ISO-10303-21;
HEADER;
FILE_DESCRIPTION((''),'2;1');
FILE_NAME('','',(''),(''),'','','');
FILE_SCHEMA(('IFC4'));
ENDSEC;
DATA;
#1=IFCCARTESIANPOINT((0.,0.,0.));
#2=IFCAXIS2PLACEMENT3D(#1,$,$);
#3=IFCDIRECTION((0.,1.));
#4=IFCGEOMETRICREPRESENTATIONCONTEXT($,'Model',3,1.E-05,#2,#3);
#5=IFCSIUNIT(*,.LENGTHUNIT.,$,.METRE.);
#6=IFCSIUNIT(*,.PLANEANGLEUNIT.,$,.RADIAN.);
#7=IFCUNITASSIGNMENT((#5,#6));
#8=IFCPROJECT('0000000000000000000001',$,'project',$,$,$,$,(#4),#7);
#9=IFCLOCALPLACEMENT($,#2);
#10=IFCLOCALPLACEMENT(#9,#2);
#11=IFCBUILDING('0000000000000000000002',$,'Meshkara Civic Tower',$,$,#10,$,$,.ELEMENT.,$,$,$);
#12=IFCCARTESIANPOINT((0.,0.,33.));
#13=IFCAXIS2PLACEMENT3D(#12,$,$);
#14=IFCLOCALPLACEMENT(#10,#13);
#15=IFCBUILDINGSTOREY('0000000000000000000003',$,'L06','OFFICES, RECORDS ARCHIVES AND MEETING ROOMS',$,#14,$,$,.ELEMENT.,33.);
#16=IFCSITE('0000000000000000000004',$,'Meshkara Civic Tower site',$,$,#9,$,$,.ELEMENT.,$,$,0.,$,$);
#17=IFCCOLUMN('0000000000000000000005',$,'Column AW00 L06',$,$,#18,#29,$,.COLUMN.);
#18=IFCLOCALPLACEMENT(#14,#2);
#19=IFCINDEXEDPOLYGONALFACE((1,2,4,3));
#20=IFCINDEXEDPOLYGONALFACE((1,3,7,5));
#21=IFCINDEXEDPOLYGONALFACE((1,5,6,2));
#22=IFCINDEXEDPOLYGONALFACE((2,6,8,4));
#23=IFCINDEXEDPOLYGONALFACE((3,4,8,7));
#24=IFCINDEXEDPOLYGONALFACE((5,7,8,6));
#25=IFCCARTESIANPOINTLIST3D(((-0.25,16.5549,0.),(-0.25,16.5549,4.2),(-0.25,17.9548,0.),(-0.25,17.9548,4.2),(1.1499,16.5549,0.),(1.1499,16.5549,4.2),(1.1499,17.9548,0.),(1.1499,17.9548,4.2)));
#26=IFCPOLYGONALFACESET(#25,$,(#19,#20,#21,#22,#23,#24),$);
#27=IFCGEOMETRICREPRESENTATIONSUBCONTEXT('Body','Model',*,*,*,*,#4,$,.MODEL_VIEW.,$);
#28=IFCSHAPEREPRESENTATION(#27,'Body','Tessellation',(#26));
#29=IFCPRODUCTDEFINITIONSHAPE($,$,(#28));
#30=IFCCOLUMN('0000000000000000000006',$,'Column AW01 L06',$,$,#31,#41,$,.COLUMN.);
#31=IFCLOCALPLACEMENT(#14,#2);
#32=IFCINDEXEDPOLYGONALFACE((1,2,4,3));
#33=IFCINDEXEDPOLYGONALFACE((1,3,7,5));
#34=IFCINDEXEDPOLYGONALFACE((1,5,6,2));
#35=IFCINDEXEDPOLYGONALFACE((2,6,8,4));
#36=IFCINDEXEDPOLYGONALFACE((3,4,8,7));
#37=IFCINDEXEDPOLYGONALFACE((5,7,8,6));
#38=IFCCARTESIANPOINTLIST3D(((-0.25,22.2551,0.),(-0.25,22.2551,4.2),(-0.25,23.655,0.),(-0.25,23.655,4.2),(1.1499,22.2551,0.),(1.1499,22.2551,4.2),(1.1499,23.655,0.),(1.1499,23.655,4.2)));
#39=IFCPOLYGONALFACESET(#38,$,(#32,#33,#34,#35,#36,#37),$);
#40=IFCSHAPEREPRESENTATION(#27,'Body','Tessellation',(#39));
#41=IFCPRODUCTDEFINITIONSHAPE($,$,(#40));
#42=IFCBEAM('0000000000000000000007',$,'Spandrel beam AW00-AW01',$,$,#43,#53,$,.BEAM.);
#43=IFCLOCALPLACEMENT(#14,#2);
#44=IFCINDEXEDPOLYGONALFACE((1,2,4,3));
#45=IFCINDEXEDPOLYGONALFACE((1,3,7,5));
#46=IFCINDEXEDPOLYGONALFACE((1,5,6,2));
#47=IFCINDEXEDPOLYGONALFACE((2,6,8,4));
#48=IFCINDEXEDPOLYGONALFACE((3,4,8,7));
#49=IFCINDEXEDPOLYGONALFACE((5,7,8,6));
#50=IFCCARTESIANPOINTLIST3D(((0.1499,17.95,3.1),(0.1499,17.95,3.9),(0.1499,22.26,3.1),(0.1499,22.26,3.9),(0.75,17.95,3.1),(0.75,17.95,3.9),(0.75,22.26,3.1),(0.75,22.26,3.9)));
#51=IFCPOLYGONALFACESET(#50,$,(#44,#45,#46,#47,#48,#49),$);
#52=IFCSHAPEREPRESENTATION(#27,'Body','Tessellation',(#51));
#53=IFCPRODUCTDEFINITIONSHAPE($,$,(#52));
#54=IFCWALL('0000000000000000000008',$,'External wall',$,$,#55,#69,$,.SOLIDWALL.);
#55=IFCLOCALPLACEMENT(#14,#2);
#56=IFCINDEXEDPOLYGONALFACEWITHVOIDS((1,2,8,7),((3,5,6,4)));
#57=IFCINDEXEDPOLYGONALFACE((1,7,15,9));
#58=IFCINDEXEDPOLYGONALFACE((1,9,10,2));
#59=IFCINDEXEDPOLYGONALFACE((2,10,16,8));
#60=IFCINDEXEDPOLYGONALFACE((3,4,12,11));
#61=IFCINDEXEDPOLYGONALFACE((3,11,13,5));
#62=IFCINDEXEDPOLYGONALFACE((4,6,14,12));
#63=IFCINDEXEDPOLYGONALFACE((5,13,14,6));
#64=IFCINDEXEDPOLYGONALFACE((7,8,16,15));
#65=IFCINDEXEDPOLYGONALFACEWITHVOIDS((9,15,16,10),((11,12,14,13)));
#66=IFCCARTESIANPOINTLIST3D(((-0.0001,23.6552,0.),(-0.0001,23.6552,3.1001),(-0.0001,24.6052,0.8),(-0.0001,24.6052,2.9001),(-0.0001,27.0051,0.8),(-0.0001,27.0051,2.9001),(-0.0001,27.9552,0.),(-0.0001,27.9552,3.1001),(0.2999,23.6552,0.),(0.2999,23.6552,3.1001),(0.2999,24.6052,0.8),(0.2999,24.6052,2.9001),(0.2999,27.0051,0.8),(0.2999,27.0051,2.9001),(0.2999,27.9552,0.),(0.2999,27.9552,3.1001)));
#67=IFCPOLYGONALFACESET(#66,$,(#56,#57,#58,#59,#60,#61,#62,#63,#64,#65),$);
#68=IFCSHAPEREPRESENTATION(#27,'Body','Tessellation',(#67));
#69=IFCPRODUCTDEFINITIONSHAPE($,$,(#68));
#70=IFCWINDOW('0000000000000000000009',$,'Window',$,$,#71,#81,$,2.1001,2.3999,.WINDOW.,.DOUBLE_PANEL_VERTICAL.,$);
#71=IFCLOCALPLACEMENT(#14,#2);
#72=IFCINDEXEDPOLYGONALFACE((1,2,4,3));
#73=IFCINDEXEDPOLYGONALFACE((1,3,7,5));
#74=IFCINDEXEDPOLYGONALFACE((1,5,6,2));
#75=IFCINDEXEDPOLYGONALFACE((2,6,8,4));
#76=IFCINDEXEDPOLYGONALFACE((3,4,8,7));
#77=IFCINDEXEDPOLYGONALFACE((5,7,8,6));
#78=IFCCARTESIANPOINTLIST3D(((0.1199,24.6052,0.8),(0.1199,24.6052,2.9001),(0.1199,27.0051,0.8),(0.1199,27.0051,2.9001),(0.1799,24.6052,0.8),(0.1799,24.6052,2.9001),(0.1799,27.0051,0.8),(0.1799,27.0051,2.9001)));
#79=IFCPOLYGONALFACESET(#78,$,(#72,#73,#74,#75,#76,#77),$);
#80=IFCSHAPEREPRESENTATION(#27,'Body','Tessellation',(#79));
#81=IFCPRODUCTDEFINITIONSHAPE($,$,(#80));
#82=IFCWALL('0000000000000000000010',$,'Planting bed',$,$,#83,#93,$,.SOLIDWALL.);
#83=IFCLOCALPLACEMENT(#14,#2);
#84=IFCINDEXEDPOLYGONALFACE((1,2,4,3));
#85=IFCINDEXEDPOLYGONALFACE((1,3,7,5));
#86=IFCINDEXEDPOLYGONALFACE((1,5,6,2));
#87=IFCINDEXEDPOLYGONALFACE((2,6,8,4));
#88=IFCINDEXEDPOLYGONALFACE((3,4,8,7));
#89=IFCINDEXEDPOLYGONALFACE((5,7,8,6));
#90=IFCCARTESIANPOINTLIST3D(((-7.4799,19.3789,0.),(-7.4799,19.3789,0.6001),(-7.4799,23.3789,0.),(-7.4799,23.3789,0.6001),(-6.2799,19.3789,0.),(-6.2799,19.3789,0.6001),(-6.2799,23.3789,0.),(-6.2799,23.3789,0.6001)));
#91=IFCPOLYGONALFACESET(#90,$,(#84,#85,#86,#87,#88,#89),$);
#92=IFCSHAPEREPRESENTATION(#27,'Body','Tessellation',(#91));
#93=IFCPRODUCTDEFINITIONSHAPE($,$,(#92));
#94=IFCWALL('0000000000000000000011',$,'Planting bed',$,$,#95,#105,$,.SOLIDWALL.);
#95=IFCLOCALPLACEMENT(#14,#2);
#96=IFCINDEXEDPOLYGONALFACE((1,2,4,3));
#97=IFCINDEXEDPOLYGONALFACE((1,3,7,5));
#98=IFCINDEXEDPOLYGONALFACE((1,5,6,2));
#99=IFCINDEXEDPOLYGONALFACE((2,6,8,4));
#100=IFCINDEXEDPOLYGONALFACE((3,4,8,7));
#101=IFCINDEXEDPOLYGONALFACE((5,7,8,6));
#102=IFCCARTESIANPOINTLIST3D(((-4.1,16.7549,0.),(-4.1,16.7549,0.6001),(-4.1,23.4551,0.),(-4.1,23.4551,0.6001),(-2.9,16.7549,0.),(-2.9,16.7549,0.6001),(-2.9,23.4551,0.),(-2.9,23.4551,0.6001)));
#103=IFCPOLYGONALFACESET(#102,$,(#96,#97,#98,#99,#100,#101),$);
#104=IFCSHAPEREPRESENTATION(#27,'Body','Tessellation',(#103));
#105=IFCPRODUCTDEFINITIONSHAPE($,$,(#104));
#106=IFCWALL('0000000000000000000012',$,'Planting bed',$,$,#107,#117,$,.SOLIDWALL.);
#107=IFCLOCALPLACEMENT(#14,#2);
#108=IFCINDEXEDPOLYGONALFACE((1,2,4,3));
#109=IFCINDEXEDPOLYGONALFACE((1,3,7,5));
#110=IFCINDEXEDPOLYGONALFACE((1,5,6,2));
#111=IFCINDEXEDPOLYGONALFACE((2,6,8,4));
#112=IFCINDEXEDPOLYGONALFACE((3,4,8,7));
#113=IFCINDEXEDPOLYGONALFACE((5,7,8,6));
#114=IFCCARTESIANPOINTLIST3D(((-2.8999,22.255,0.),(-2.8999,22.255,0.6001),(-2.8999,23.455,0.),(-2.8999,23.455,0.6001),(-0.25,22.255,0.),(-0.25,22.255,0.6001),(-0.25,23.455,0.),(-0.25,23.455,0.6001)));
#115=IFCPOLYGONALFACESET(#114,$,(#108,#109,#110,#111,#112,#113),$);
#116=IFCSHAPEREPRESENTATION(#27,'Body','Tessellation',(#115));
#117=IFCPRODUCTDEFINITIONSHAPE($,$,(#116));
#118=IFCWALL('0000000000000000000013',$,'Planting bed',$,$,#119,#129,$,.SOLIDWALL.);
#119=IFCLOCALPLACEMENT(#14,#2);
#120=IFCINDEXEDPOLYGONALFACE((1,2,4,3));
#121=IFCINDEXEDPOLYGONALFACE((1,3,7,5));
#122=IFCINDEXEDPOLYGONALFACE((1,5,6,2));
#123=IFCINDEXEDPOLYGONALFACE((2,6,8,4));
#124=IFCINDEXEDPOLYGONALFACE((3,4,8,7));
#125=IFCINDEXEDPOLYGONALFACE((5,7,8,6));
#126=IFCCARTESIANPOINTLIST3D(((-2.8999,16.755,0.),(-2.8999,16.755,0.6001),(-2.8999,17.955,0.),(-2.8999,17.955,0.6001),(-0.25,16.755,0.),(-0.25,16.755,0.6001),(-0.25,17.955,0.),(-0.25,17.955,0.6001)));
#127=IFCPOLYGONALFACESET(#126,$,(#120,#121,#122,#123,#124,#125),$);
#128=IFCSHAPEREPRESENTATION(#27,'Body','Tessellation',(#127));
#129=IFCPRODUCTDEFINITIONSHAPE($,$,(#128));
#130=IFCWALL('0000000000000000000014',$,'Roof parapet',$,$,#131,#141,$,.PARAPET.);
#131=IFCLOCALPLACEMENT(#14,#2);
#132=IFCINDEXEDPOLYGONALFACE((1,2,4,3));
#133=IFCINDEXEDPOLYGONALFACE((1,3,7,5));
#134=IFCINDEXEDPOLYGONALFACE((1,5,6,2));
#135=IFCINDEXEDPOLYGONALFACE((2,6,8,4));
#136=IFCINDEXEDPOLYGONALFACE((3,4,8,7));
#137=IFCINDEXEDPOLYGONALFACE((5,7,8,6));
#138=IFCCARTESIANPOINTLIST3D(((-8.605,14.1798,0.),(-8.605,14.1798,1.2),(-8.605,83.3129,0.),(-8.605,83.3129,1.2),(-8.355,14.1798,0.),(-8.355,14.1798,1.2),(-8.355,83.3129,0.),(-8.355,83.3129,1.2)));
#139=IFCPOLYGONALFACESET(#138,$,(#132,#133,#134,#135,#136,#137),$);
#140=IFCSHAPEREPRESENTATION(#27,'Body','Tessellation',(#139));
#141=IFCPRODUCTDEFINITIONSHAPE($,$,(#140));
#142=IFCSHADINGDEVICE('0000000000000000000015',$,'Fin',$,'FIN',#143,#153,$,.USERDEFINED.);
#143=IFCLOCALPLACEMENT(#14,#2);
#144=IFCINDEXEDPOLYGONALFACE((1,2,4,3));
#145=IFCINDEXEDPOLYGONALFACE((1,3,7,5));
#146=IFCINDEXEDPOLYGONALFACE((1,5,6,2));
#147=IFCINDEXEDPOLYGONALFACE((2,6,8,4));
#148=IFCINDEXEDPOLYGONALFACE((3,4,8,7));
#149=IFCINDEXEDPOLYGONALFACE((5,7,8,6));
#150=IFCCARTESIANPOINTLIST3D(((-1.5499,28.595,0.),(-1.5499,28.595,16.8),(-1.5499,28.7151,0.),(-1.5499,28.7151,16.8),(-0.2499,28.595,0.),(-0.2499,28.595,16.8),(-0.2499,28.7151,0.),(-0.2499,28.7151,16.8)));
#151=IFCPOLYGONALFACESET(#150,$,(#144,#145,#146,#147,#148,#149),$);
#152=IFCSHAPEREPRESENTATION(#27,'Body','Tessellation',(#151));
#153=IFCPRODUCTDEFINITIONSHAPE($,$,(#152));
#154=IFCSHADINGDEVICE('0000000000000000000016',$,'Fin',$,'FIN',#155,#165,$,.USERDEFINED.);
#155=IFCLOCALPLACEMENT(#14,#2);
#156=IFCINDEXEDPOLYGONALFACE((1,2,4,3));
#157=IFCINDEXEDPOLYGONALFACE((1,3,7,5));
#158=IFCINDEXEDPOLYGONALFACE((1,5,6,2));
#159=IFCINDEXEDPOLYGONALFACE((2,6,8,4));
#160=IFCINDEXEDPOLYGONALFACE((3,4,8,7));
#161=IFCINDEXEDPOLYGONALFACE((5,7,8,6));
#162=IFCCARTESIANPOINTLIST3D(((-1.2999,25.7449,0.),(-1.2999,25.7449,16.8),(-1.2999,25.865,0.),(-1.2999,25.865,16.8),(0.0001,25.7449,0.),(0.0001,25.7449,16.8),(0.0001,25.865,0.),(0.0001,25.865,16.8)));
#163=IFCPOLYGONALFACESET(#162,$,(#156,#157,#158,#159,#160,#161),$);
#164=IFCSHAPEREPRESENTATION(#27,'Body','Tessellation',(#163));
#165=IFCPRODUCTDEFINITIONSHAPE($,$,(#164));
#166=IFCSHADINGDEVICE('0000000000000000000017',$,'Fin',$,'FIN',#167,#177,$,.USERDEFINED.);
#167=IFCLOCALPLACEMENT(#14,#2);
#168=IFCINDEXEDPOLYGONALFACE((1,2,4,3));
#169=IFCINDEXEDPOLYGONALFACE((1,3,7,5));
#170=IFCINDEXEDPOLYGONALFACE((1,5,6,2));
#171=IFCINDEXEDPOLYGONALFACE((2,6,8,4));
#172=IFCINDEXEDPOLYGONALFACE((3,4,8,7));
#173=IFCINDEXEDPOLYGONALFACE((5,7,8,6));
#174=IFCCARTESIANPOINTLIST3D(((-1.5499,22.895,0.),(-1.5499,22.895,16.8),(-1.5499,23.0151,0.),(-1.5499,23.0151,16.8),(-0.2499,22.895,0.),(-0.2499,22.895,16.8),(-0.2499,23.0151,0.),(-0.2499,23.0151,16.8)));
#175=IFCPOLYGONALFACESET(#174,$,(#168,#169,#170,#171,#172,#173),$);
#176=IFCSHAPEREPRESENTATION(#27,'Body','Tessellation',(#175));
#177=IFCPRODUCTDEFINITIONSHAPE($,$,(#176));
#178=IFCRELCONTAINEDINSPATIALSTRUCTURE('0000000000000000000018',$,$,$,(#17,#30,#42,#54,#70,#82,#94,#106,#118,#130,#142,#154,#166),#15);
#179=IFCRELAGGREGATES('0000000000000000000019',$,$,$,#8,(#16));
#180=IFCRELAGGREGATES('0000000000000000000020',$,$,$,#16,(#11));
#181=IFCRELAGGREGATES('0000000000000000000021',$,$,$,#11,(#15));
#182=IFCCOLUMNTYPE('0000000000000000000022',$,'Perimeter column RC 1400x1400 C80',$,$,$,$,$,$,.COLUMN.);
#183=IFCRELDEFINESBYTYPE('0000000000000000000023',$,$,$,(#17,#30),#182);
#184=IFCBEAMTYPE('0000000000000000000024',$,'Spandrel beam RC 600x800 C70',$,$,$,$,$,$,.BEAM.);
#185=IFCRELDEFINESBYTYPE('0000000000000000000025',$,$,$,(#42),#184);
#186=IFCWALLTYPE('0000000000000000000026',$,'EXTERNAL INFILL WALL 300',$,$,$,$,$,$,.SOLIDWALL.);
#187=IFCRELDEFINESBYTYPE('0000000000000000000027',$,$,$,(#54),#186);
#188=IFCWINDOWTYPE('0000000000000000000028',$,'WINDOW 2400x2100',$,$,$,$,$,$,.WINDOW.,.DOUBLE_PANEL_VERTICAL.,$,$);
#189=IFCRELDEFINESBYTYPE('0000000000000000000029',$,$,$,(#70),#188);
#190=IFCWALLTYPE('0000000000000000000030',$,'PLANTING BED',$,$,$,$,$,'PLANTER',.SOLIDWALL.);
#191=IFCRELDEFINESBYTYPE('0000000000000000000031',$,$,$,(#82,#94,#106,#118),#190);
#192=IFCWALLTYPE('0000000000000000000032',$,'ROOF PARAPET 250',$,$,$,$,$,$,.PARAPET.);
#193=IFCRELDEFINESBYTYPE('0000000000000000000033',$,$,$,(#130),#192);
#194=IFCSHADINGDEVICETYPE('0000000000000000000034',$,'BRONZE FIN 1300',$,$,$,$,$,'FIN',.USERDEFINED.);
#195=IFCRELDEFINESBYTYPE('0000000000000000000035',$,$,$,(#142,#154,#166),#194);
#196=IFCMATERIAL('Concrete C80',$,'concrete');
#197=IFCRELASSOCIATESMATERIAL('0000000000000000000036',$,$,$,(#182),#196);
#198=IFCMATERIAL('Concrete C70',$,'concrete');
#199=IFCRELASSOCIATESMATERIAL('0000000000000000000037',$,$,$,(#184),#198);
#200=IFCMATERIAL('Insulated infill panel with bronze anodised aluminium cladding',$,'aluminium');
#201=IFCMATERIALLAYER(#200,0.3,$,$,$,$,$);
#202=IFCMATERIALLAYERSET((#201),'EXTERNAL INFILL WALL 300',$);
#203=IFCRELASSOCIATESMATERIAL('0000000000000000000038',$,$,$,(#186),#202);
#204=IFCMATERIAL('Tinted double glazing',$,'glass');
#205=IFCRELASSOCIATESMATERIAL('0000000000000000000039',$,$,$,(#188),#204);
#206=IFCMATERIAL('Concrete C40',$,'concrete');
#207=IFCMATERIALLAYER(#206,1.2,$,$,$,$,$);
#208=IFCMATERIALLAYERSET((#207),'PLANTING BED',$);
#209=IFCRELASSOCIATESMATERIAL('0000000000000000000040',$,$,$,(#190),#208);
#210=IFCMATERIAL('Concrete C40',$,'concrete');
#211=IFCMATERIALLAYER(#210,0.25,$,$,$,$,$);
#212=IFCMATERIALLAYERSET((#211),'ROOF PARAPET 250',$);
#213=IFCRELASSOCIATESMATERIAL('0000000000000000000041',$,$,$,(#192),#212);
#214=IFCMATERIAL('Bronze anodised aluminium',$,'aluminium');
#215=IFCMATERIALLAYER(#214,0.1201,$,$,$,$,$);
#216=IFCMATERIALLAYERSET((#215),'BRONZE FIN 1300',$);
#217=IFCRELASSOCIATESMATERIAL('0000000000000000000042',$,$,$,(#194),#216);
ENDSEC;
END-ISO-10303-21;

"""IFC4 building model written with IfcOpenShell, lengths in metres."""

from ifc_helpers import new_model, si_unit, direction, frame, frame_2d, origin, origin_2d, place, context, subcontext, project, spatial, rectangle, extrude, material, layer, layer_set, material_profile, profile_set, type_object, element, fill, save


model = new_model("IFC4")

# Units and contexts
model_context = context("Model", 3, precision=1e-05, world=origin(), true_north=direction((0.0, 1.0)))
body_context = subcontext(model_context, "Body", "Model", "MODEL_VIEW")
ifc_project = project(units=[si_unit("LENGTHUNIT", "METRE"), si_unit("PLANEANGLEUNIT", "RADIAN")], contexts=[model_context])

# Site, building, storey
site_placement = place(None, origin())
site = spatial("IfcSite", under=ifc_project, at=site_placement, Name="Meshkara Civic Tower site", CompositionType="ELEMENT", RefElevation=0.0)
building_placement = place(site_placement, origin())
building = spatial("IfcBuilding", under=site, at=building_placement, Name="Meshkara Civic Tower", CompositionType="ELEMENT")
storey_placement = place(building_placement, frame((0.0, 0.0, 33.0)))
storey = spatial("IfcBuildingStorey", under=building, at=storey_placement, Name="L06", Description="OFFICES, RECORDS ARCHIVES AND MEETING ROOMS", CompositionType="ELEMENT", Elevation=33.0)

# Columns
ifc_material_1 = material(Name="Concrete C80", Category="concrete")
ifc_material_profile_1 = material_profile(ifc_material_1, rectangle(XDim=1.3999, YDim=1.3999, at=origin_2d()))
ifc_profile_set_1 = profile_set([ifc_material_profile_1], Name="Concrete C80")
column_type = type_object("IfcColumnType", Name="Perimeter column RC 1400x1400 C80", PredefinedType="COLUMN", material=ifc_profile_set_1)
for number, where, z_axis, x_axis, name in (
    (1, (0.45, 17.2549, 0.0), (0.0, 0.0, 1.0), (1.0, 0.0, 0.0), "Column AW00 L06"),
    (2, (0.45, 22.9551, 0.0), (0.0, 0.0, 1.0), (1.0, 0.0, 0.0), "Column AW01 L06"),
):
    element("IfcColumn", number, at=place(storey_placement, frame(where, z_axis=z_axis, x_axis=x_axis)), inside=storey, type_object=column_type, Name=name, PredefinedType="COLUMN", context=body_context, shape_type="SweptSolid", body=[
        extrude(rectangle(XDim=1.3999, YDim=1.3999, at=origin_2d()), origin(), (0.0, 0.0, 1.0), 4.2),
    ])

# Beam
ifc_material_2 = material(Name="Concrete C70", Category="concrete")
ifc_material_profile_2 = material_profile(ifc_material_2, rectangle(XDim=0.6001, YDim=0.8, at=origin_2d()))
ifc_profile_set_2 = profile_set([ifc_material_profile_2], Name="Concrete C70")
beam_type = type_object("IfcBeamType", Name="Spandrel beam RC 600x800 C70", PredefinedType="BEAM", material=ifc_profile_set_2)
beam_placement = place(storey_placement, frame((0.45, 22.26, 3.5), z_axis=(0.0, -1.0, 0.0), x_axis=(1.0, 0.0, 0.0)))
element("IfcBeam", 3, at=beam_placement, inside=storey, type_object=beam_type, Name="Spandrel beam AW00-AW01", PredefinedType="BEAM", context=body_context, shape_type="SweptSolid", body=[
    extrude(rectangle(XDim=0.6001, YDim=0.8, at=origin_2d()), origin(), (0.0, 0.0, 1.0), 4.3101),
])

# Wall, opening, window
ifc_material_3 = material(Name="Insulated infill panel with bronze anodised aluminium cladding", Category="aluminium")
ifc_layer_1 = layer(ifc_material_3, 0.3)
ifc_layer_set_1 = layer_set([ifc_layer_1], Name="EXTERNAL INFILL WALL 300")
wall_type_1 = type_object("IfcWallType", Name="EXTERNAL INFILL WALL 300", PredefinedType="SOLIDWALL", material=ifc_layer_set_1)
wall_1_placement = place(storey_placement, frame((0.1499, 27.9551, 0.0), z_axis=(0.0, 0.0, 1.0), x_axis=(0.0, -1.0, 0.0)))
wall_1 = element("IfcWall", 4, at=wall_1_placement, inside=storey, type_object=wall_type_1, Name="External wall", PredefinedType="SOLIDWALL", context=body_context, shape_type="SweptSolid", body=[
    extrude(rectangle(XDim=4.3, YDim=0.3, at=frame_2d((2.1499, 0.0))), origin(), (0.0, 0.0, 1.0), 3.1001),
])
opening_1_placement = place(wall_1_placement, frame((0.95, 0.0, 0.8)))
opening_1 = element("IfcOpeningElement", 5, at=opening_1_placement, cuts=wall_1, PredefinedType="OPENING", context=body_context, shape_type="SweptSolid", body=[
    extrude(rectangle(XDim=2.3999, YDim=2.1001, at=frame_2d((1.2, 1.05))), frame((0.0, 0.1599, 0.0), z_axis=(0.0, -1.0, 0.0), x_axis=(1.0, 0.0, 0.0)), (0.0, 0.0, 1.0), 0.3201),
])
ifc_material_4 = material(Name="Tinted double glazing", Category="glass")
window_type = type_object("IfcWindowType", Name="WINDOW 2400x2100", PartitioningType="DOUBLE_PANEL_VERTICAL", PredefinedType="WINDOW", material=ifc_material_4)
window_placement = place(opening_1_placement, origin())
window = element("IfcWindow", 6, at=window_placement, inside=storey, type_object=window_type, Name="Window", OverallHeight=2.1001, OverallWidth=2.3999, PartitioningType="DOUBLE_PANEL_VERTICAL", PredefinedType="WINDOW", context=body_context, shape_type="SweptSolid", body=[
    extrude(rectangle(XDim=2.3999, YDim=2.1001, at=frame_2d((1.2, 1.05))), frame((0.0, 0.03, 0.0), z_axis=(0.0, -1.0, 0.0), x_axis=(1.0, 0.0, 0.0)), (0.0, 0.0, 1.0), 0.0601),
])
fill(opening_1, window)

# Walls
ifc_material_5 = material(Name="Concrete C40", Category="concrete")
ifc_layer_2 = layer(ifc_material_5, 1.2)
ifc_layer_set_2 = layer_set([ifc_layer_2], Name="PLANTING BED")
wall_type_2 = type_object("IfcWallType", Name="PLANTING BED", ElementType="PLANTER", PredefinedType="SOLIDWALL", material=ifc_layer_set_2)
wall_2_placement = place(storey_placement, frame((-6.8799, 19.3789, 0.0), z_axis=(0.0, 0.0, 1.0), x_axis=(0.0, 1.0, 0.0)))
element("IfcWall", 7, at=wall_2_placement, inside=storey, type_object=wall_type_2, Name="Planting bed", PredefinedType="SOLIDWALL", context=body_context, shape_type="SweptSolid", body=[
    extrude(rectangle(XDim=4.0, YDim=1.2, at=frame_2d((2.0, 0.0))), origin(), (0.0, 0.0, 1.0), 0.6001),
])
wall_3_placement = place(storey_placement, frame((-3.5, 23.4551, 0.0), z_axis=(0.0, 0.0, 1.0), x_axis=(0.0, -1.0, 0.0)))
element("IfcWall", 8, at=wall_3_placement, inside=storey, type_object=wall_type_2, Name="Planting bed", PredefinedType="SOLIDWALL", context=body_context, shape_type="SweptSolid", body=[
    extrude(rectangle(XDim=6.7002, YDim=1.2, at=frame_2d((3.3501, 0.0))), origin(), (0.0, 0.0, 1.0), 0.6001),
])
for number, where, z_axis, x_axis, name in (
    (9, (-0.25, 22.855, 0.0), (0.0, 0.0, 1.0), (-1.0, 0.0, 0.0), "Planting bed"),
    (10, (-0.25, 17.355, 0.0), (0.0, 0.0, 1.0), (-1.0, 0.0, 0.0), "Planting bed"),
):
    element("IfcWall", number, at=place(storey_placement, frame(where, z_axis=z_axis, x_axis=x_axis)), inside=storey, type_object=wall_type_2, Name=name, PredefinedType="SOLIDWALL", context=body_context, shape_type="SweptSolid", body=[
        extrude(rectangle(XDim=2.6499, YDim=1.2, at=frame_2d((1.325, 0.0))), origin(), (0.0, 0.0, 1.0), 0.6001),
    ])
ifc_material_6 = material(Name="Concrete C40", Category="concrete")
ifc_layer_3 = layer(ifc_material_6, 0.25)
ifc_layer_set_3 = layer_set([ifc_layer_3], Name="ROOF PARAPET 250")
wall_type_3 = type_object("IfcWallType", Name="ROOF PARAPET 250", PredefinedType="PARAPET", material=ifc_layer_set_3)
wall_4_placement = place(storey_placement, frame((-8.48, 14.1799, 0.0), z_axis=(0.0, 0.0, 1.0), x_axis=(0.0, 1.0, 0.0)))
element("IfcWall", 11, at=wall_4_placement, inside=storey, type_object=wall_type_3, Name="Roof parapet", PredefinedType="PARAPET", context=body_context, shape_type="SweptSolid", body=[
    extrude(rectangle(XDim=69.1331, YDim=0.25, at=frame_2d((34.5664, 0.0))), origin(), (0.0, 0.0, 1.0), 1.2),
])

# Shading devices
ifc_material_7 = material(Name="Bronze anodised aluminium", Category="aluminium")
ifc_layer_4 = layer(ifc_material_7, 0.1201)
ifc_layer_set_4 = layer_set([ifc_layer_4], Name="BRONZE FIN 1300")
shading_device_type = type_object("IfcShadingDeviceType", Name="BRONZE FIN 1300", ElementType="FIN", PredefinedType="USERDEFINED", material=ifc_layer_set_4)
for number, where, z_axis, x_axis, name in (
    (12, (-0.8999, 28.655, 0.0), (0.0, 0.0, 1.0), (0.0, -1.0, 0.0), "Fin"),
    (13, (-0.6499, 25.8049, 0.0), (0.0, 0.0, 1.0), (0.0, -1.0, 0.0), "Fin"),
    (14, (-0.8999, 22.9551, 0.0), (0.0, 0.0, 1.0), (0.0, -1.0, 0.0), "Fin"),
):
    element("IfcShadingDevice", number, at=place(storey_placement, frame(where, z_axis=z_axis, x_axis=x_axis)), inside=storey, type_object=shading_device_type, Name=name, ObjectType="FIN", PredefinedType="USERDEFINED", context=body_context, shape_type="SweptSolid", body=[
        extrude(rectangle(XDim=0.1201, YDim=1.3, at=origin_2d()), origin(), (0.0, 0.0, 1.0), 16.8),
    ])

save(model, "model.ifc")
